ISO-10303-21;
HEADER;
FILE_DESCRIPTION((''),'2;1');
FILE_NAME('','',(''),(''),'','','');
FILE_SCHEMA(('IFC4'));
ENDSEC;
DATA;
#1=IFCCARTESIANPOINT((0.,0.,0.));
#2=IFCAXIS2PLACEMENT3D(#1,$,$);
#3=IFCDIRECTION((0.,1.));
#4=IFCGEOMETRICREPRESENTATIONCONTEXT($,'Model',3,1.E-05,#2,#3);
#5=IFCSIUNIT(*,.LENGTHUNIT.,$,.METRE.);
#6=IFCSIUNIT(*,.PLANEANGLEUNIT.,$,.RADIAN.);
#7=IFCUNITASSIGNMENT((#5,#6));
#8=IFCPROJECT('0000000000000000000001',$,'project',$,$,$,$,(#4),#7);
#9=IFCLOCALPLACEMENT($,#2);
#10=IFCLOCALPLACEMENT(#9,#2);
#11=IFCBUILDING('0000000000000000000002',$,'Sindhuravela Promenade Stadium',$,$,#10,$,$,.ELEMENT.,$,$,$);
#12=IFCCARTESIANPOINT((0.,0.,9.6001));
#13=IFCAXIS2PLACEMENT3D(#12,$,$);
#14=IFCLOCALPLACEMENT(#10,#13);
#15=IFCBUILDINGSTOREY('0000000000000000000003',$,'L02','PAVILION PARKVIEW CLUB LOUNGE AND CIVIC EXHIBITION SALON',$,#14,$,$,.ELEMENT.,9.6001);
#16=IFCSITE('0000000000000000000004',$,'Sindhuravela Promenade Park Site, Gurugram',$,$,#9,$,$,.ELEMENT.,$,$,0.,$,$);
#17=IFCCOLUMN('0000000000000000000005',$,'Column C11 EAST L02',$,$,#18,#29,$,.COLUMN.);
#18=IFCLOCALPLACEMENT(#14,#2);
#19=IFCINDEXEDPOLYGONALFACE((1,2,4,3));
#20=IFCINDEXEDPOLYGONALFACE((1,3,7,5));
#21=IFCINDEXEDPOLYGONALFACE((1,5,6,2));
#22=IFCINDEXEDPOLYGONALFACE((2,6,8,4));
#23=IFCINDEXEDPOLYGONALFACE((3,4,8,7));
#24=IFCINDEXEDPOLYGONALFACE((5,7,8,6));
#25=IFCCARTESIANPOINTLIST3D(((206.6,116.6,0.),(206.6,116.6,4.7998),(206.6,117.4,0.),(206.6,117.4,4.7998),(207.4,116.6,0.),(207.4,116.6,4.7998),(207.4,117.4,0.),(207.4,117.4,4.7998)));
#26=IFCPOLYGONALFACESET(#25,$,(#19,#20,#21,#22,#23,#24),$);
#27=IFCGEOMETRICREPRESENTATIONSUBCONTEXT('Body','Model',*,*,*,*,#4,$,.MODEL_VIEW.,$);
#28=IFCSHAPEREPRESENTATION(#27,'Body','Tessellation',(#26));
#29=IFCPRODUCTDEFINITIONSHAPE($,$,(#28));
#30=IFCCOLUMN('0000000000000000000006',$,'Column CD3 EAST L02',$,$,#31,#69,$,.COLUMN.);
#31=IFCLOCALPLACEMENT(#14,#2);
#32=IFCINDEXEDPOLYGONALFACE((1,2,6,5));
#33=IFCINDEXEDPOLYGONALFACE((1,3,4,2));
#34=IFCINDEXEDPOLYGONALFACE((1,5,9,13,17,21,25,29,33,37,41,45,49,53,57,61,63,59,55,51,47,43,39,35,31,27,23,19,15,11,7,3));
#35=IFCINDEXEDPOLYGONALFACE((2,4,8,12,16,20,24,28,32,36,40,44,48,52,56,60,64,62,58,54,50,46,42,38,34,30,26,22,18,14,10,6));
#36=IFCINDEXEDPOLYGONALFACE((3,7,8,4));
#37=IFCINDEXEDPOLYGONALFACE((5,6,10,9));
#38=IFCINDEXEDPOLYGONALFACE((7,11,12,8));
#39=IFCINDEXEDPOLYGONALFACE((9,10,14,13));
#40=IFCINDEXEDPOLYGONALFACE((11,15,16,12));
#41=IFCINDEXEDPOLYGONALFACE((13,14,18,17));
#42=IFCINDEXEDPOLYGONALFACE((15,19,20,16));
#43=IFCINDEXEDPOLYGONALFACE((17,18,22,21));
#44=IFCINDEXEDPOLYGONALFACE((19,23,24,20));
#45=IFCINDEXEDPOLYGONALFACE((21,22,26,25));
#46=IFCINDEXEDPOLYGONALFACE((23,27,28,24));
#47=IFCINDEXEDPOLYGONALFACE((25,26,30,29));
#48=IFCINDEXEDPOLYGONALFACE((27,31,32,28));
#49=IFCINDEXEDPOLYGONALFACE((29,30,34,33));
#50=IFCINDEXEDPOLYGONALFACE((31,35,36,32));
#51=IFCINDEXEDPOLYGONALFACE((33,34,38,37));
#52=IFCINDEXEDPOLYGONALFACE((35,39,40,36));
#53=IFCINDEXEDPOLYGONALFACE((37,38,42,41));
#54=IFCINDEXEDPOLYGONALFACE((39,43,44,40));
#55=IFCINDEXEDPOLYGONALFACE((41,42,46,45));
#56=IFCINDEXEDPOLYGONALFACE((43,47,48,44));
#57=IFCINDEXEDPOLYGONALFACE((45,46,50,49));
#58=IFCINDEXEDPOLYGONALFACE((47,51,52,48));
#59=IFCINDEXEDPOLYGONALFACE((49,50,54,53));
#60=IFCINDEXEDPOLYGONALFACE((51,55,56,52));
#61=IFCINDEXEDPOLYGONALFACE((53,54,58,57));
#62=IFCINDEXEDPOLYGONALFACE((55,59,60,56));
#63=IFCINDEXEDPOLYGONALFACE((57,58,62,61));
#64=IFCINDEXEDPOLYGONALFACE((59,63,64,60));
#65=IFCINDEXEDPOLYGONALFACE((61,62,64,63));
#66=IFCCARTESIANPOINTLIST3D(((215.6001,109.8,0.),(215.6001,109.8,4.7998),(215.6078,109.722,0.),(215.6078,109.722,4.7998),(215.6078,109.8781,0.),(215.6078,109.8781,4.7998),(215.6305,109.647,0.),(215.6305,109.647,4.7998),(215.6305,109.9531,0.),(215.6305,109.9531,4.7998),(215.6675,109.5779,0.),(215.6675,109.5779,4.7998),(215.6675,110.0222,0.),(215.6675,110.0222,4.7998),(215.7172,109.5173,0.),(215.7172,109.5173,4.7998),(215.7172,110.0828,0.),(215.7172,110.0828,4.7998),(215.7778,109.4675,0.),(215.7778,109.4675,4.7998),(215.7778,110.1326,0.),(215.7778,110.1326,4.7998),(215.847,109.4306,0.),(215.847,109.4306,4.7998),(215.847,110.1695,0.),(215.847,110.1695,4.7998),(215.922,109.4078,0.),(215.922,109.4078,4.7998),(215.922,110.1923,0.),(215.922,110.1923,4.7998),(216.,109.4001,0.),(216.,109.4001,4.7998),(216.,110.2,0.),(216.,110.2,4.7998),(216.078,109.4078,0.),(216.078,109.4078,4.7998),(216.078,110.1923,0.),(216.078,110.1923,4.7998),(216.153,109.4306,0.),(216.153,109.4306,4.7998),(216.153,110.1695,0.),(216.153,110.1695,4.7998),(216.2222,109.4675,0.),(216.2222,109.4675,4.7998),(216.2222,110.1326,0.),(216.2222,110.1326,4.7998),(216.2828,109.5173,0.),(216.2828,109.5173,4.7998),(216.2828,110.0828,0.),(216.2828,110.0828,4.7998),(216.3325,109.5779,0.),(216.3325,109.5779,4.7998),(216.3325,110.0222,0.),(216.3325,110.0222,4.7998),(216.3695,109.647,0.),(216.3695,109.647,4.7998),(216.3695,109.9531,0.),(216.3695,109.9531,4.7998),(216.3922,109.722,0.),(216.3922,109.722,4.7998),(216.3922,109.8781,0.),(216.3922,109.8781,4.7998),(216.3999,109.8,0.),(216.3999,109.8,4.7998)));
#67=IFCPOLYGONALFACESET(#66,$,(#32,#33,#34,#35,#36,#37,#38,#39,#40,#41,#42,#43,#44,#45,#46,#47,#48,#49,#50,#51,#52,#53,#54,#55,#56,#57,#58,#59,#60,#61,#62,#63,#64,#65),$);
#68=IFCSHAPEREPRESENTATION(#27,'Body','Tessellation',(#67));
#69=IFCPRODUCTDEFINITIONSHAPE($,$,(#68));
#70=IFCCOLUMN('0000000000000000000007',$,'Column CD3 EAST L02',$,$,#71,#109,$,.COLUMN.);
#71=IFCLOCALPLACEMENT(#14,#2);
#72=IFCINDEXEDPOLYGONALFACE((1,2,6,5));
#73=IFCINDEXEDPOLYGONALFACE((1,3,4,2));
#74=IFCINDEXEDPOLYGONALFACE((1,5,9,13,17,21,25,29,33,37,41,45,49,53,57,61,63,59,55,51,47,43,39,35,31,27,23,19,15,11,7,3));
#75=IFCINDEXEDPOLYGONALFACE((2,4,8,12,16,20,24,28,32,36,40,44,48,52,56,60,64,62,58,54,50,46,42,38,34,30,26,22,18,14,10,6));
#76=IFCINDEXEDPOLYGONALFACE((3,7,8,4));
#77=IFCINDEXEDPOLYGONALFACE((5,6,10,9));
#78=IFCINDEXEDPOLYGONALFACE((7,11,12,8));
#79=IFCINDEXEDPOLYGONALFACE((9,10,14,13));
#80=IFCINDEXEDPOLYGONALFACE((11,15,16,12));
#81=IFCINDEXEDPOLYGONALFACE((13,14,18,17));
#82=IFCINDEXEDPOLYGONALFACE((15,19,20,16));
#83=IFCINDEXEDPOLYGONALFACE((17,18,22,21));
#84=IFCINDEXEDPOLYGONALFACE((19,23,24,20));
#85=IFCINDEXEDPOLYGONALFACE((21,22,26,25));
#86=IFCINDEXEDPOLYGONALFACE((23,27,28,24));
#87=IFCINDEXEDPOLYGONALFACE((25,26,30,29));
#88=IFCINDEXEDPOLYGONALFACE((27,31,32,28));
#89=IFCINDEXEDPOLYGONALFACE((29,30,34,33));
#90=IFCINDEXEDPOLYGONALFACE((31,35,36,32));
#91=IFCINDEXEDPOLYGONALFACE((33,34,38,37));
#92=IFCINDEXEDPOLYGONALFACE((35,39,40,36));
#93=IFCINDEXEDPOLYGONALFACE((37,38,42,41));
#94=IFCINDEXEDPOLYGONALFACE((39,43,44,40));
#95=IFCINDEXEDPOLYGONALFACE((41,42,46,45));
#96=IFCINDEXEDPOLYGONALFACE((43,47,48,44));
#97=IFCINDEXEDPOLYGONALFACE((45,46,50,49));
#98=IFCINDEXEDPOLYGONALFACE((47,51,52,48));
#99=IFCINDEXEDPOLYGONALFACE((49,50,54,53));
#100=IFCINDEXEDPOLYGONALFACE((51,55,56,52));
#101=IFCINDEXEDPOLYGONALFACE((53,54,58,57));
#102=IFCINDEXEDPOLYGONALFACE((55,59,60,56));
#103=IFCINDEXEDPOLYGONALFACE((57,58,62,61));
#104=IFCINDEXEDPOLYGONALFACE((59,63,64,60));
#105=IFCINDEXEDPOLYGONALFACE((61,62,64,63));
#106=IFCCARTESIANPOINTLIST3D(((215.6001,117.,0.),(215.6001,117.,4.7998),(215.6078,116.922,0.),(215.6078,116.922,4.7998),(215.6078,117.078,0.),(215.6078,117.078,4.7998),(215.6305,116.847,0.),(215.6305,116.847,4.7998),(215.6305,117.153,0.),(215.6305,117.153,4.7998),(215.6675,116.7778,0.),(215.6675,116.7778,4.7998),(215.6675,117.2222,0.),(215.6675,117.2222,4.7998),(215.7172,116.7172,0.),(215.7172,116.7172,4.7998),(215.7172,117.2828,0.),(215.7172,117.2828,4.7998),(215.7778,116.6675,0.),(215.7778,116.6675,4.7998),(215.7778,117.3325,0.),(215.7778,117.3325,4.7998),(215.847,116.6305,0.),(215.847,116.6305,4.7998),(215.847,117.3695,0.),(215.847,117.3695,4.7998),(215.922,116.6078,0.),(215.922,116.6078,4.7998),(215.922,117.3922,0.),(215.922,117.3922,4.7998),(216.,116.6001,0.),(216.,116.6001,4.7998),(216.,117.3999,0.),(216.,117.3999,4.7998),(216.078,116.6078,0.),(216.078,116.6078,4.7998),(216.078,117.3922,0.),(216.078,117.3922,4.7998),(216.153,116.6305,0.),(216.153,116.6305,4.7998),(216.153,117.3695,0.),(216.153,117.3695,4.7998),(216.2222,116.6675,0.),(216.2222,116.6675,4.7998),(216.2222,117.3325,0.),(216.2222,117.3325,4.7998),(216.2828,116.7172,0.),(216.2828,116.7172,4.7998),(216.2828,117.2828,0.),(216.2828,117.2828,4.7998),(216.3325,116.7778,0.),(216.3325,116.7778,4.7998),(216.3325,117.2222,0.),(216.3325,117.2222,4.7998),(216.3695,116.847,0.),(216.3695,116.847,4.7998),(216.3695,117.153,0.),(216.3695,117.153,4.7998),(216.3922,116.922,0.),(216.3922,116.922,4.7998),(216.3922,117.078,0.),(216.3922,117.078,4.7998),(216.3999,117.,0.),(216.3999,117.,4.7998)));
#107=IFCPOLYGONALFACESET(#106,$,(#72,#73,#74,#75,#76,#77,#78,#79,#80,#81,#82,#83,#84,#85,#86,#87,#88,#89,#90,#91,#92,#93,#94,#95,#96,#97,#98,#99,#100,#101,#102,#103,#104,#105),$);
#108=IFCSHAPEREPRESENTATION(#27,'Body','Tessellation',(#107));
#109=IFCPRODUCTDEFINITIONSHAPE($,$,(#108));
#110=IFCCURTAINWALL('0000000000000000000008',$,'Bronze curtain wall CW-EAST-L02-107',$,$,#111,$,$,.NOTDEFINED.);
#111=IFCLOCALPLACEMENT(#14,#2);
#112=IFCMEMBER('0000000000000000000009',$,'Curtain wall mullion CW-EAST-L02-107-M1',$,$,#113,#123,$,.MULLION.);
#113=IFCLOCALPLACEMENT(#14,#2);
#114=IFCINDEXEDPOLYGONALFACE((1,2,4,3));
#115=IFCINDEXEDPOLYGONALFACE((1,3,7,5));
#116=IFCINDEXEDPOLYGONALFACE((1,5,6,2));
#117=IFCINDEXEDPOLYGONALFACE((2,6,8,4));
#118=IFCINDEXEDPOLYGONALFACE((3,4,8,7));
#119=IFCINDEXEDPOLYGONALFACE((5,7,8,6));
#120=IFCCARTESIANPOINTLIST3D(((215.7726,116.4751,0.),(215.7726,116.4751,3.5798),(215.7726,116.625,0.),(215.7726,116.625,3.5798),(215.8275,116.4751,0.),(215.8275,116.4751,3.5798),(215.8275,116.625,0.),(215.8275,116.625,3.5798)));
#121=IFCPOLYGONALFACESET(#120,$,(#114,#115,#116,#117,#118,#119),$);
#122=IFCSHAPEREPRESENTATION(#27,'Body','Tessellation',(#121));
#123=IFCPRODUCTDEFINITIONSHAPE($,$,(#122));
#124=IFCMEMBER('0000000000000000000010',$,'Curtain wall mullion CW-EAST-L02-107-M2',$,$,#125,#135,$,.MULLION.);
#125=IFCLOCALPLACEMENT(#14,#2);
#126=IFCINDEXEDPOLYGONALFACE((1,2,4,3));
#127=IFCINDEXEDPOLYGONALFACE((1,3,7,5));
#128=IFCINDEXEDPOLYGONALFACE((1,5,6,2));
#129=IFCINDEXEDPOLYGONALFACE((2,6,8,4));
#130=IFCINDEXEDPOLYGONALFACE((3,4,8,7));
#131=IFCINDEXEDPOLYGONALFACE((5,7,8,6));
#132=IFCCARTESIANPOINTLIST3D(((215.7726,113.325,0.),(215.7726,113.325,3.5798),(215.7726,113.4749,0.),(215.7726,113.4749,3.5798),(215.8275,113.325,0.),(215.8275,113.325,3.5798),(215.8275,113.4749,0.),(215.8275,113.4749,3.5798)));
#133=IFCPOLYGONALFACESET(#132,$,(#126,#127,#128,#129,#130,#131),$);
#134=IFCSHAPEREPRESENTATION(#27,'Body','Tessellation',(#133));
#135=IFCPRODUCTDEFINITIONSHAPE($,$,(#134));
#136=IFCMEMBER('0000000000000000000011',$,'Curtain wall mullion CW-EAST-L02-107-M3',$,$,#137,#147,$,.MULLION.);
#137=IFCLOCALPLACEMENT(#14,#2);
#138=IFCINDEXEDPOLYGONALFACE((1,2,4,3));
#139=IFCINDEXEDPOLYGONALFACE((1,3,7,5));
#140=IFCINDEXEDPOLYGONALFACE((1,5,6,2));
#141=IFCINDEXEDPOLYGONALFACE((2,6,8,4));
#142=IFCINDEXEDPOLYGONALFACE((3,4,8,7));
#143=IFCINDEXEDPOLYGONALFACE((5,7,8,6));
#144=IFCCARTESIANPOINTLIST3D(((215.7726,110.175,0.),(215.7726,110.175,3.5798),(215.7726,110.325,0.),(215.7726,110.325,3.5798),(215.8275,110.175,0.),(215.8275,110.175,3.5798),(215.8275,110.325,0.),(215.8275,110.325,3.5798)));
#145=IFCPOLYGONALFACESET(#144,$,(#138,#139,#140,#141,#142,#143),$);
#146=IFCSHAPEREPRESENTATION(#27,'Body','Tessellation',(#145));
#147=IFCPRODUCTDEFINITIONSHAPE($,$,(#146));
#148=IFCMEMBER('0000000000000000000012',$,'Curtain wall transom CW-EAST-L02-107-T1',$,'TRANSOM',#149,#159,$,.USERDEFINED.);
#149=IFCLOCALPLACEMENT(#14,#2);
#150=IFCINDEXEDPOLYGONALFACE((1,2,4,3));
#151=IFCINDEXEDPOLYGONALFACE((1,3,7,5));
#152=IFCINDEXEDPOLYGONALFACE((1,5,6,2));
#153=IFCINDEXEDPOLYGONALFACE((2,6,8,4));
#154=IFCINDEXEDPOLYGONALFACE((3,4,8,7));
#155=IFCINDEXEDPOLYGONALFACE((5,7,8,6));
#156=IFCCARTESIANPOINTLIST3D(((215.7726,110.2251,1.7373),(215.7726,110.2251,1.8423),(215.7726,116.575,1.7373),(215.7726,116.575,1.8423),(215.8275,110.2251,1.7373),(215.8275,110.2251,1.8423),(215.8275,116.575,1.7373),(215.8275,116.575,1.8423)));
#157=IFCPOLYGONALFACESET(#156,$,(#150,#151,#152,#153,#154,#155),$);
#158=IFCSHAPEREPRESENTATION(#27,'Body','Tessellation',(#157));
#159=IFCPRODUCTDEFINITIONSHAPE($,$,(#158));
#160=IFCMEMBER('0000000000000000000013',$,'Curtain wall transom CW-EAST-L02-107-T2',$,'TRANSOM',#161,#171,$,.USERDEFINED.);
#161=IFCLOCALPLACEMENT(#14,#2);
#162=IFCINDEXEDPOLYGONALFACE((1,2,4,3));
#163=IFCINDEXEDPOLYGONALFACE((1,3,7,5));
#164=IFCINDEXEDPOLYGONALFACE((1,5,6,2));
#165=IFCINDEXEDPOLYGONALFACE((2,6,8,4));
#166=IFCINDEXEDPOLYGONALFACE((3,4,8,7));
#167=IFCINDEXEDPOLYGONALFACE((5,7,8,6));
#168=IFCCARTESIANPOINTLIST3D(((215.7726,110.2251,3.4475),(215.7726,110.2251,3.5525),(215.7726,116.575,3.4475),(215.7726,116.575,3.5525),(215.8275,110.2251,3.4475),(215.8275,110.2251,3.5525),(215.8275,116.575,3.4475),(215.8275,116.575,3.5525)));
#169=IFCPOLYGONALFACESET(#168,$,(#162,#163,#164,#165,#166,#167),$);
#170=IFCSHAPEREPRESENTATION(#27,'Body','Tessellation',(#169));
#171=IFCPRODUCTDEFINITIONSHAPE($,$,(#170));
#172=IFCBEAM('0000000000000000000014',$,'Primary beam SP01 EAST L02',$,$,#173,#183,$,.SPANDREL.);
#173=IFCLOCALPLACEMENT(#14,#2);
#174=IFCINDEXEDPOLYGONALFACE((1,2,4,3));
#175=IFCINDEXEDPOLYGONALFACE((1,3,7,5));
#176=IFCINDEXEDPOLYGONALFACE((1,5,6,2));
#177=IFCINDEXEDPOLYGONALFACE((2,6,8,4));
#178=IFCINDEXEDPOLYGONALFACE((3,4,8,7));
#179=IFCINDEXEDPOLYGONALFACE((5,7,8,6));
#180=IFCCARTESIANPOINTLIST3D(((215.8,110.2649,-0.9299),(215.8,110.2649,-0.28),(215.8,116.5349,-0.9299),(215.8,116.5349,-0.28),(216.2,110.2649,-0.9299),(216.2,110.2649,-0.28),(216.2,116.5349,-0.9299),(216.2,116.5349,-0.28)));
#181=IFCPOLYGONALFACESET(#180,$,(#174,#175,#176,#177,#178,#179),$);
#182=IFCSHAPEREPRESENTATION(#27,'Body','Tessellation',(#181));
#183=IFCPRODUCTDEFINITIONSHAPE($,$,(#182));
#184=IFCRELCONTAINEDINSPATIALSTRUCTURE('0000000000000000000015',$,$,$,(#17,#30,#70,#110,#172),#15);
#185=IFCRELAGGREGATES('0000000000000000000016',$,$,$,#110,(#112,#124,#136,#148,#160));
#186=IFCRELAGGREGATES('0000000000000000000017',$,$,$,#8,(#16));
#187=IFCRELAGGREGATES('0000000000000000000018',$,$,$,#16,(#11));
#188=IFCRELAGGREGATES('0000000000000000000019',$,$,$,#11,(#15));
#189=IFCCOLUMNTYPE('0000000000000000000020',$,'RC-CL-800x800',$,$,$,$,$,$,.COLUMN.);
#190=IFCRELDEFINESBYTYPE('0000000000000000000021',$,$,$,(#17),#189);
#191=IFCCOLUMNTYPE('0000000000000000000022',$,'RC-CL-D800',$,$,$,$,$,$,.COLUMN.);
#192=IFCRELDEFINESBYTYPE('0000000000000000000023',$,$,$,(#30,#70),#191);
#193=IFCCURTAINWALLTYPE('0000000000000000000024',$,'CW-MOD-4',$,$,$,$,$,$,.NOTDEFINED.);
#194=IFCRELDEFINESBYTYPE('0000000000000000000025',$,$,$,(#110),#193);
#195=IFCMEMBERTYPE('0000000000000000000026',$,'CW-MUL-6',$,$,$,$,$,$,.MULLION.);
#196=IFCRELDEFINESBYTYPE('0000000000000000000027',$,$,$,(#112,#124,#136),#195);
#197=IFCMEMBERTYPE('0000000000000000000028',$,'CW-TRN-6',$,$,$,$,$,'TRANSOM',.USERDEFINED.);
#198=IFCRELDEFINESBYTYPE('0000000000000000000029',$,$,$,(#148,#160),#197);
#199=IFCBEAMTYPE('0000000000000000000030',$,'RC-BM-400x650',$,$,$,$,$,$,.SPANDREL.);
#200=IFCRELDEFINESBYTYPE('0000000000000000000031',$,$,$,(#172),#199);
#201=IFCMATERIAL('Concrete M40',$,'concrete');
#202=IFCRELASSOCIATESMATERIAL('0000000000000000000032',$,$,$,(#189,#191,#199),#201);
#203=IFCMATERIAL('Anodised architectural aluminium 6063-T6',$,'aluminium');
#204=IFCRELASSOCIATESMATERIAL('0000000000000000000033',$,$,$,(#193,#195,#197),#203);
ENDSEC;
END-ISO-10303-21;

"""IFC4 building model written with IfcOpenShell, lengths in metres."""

from ifc_helpers import new_model, si_unit, direction, frame, origin, origin_2d, place, context, subcontext, project, spatial, rectangle, circle, extrude, material, material_profile, profile_set, type_object, element, aggregate, save


model = new_model("IFC4")

# Units and contexts
model_context = context("Model", 3, precision=1e-05, world=origin(), true_north=direction((0.0, 1.0)))
body_context = subcontext(model_context, "Body", "Model", "MODEL_VIEW")
ifc_project = project(units=[si_unit("LENGTHUNIT", "METRE"), si_unit("PLANEANGLEUNIT", "RADIAN")], contexts=[model_context])

# Site, building, storey
site_placement = place(None, origin())
site = spatial("IfcSite", under=ifc_project, at=site_placement, Name="Sindhuravela Promenade Park Site, Gurugram", CompositionType="ELEMENT", RefElevation=0.0)
building_placement = place(site_placement, origin())
building = spatial("IfcBuilding", under=site, at=building_placement, Name="Sindhuravela Promenade Stadium", CompositionType="ELEMENT")
storey_placement = place(building_placement, frame((0.0, 0.0, 9.6001)))
storey = spatial("IfcBuildingStorey", under=building, at=storey_placement, Name="L02", Description="PAVILION PARKVIEW CLUB LOUNGE AND CIVIC EXHIBITION SALON", CompositionType="ELEMENT", Elevation=9.6001)

# Columns
ifc_material_1 = material(Name="Concrete M40", Category="concrete")
ifc_material_profile_1 = material_profile(ifc_material_1, rectangle(XDim=0.8, YDim=0.8, at=origin_2d()), Name="RC 800x800")
ifc_profile_set_1 = profile_set([ifc_material_profile_1], Name="Concrete M40")
column_type_1 = type_object("IfcColumnType", Name="RC-CL-800x800", PredefinedType="COLUMN", material=ifc_profile_set_1)
column_placement = place(storey_placement, frame((207.0, 117.0, 0.0), z_axis=(0.0, 0.0, 1.0), x_axis=(1.0, 0.0, 0.0)))
element("IfcColumn", 1, at=column_placement, inside=storey, type_object=column_type_1, Name="Column C11 EAST L02", PredefinedType="COLUMN", context=body_context, shape_type="SweptSolid", body=[
    extrude(rectangle(XDim=0.8, YDim=0.8, at=origin_2d()), origin(), (0.0, 0.0, 1.0), 4.7998),
])
ifc_material_profile_2 = material_profile(ifc_material_1, circle(Radius=0.3999, at=origin_2d()), Name="RC D800")
ifc_profile_set_2 = profile_set([ifc_material_profile_2], Name="Concrete M40")
column_type_2 = type_object("IfcColumnType", Name="RC-CL-D800", PredefinedType="COLUMN", material=ifc_profile_set_2)
for number, where, z_axis, x_axis, name in (
    (2, (216.0, 109.8, 0.0), (0.0, 0.0, 1.0), (1.0, 0.0, 0.0), "Column CD3 EAST L02"),
    (3, (216.0, 117.0, 0.0), (0.0, 0.0, 1.0), (1.0, 0.0, 0.0), "Column CD3 EAST L02"),
):
    element("IfcColumn", number, at=place(storey_placement, frame(where, z_axis=z_axis, x_axis=x_axis)), inside=storey, type_object=column_type_2, Name=name, PredefinedType="COLUMN", context=body_context, shape_type="SweptSolid", body=[
        extrude(circle(Radius=0.3999, at=origin_2d()), origin(), (0.0, 0.0, 1.0), 4.7998),
    ])

# Curtain wall, members
ifc_material_2 = material(Name="Anodised architectural aluminium 6063-T6", Category="aluminium")
curtain_wall_type = type_object("IfcCurtainWallType", Name="CW-MOD-4", PredefinedType="NOTDEFINED", material=ifc_material_2)
curtain_wall_placement = place(storey_placement, origin())
curtain_wall = element("IfcCurtainWall", 4, at=curtain_wall_placement, inside=storey, type_object=curtain_wall_type, Name="Bronze curtain wall CW-EAST-L02-107", PredefinedType="NOTDEFINED")
ifc_material_profile_3 = material_profile(ifc_material_2, rectangle(XDim=0.0549, YDim=0.1499, at=origin_2d()), Name="ALU M55x150")
ifc_profile_set_3 = profile_set([ifc_material_profile_3], Name="Anodised architectural aluminium 6063-T6")
member_type_1 = type_object("IfcMemberType", Name="CW-MUL-6", PredefinedType="MULLION", material=ifc_profile_set_3)
member_1_placement = place(storey_placement, frame((215.8, 116.55, 0.0), z_axis=(0.0, 0.0, 1.0), x_axis=(1.0, 0.0, 0.0)))
member_1 = element("IfcMember", 5, at=member_1_placement, type_object=member_type_1, Name="Curtain wall mullion CW-EAST-L02-107-M1", PredefinedType="MULLION", context=body_context, shape_type="SweptSolid", body=[
    extrude(rectangle(XDim=0.0549, YDim=0.1499, at=origin_2d()), origin(), (0.0, 0.0, 1.0), 3.5798),
])
member_2_placement = place(storey_placement, frame((215.8, 113.3999, 0.0), z_axis=(0.0, 0.0, 1.0), x_axis=(1.0, 0.0, 0.0)))
member_2 = element("IfcMember", 6, at=member_2_placement, type_object=member_type_1, Name="Curtain wall mullion CW-EAST-L02-107-M2", PredefinedType="MULLION", context=body_context, shape_type="SweptSolid", body=[
    extrude(rectangle(XDim=0.0549, YDim=0.1499, at=origin_2d()), origin(), (0.0, 0.0, 1.0), 3.5798),
])
member_3_placement = place(storey_placement, frame((215.8, 110.25, 0.0), z_axis=(0.0, 0.0, 1.0), x_axis=(1.0, 0.0, 0.0)))
member_3 = element("IfcMember", 7, at=member_3_placement, type_object=member_type_1, Name="Curtain wall mullion CW-EAST-L02-107-M3", PredefinedType="MULLION", context=body_context, shape_type="SweptSolid", body=[
    extrude(rectangle(XDim=0.0549, YDim=0.1499, at=origin_2d()), origin(), (0.0, 0.0, 1.0), 3.5798),
])
ifc_material_profile_4 = material_profile(ifc_material_2, rectangle(XDim=0.0549, YDim=0.105, at=origin_2d()), Name="ALU T55x105")
ifc_profile_set_4 = profile_set([ifc_material_profile_4], Name="Anodised architectural aluminium 6063-T6")
member_type_2 = type_object("IfcMemberType", Name="CW-TRN-6", ElementType="TRANSOM", PredefinedType="USERDEFINED", material=ifc_profile_set_4)
member_4_placement = place(storey_placement, frame((215.8, 116.575, 1.7898), z_axis=(0.0, -1.0, 0.0), x_axis=(1.0, 0.0, 0.0)))
member_4 = element("IfcMember", 8, at=member_4_placement, type_object=member_type_2, Name="Curtain wall transom CW-EAST-L02-107-T1", ObjectType="TRANSOM", PredefinedType="USERDEFINED", context=body_context, shape_type="SweptSolid", body=[
    extrude(rectangle(XDim=0.0549, YDim=0.105, at=origin_2d()), origin(), (0.0, 0.0, 1.0), 6.3499),
])
member_5_placement = place(storey_placement, frame((215.8, 116.575, 3.5), z_axis=(0.0, -1.0, 0.0), x_axis=(1.0, 0.0, 0.0)))
member_5 = element("IfcMember", 9, at=member_5_placement, type_object=member_type_2, Name="Curtain wall transom CW-EAST-L02-107-T2", ObjectType="TRANSOM", PredefinedType="USERDEFINED", context=body_context, shape_type="SweptSolid", body=[
    extrude(rectangle(XDim=0.0549, YDim=0.105, at=origin_2d()), origin(), (0.0, 0.0, 1.0), 6.3499),
])

# Beam
ifc_material_profile_5 = material_profile(ifc_material_1, rectangle(XDim=0.3999, YDim=0.6499, at=origin_2d()), Name="RC 400x650")
ifc_profile_set_5 = profile_set([ifc_material_profile_5], Name="Concrete M40")
beam_type_1 = type_object("IfcBeamType", Name="RC-BM-400x650", PredefinedType="SPANDREL", material=ifc_profile_set_5)
beam_1_placement = place(storey_placement, frame((216.0, 110.2649, -0.605), z_axis=(0.0, 1.0, 0.0), x_axis=(-1.0, 0.0, 0.0)))
element("IfcBeam", 10, at=beam_1_placement, inside=storey, type_object=beam_type_1, Name="Primary beam SP01 EAST L02", PredefinedType="SPANDREL", context=body_context, shape_type="SweptSolid", body=[
    extrude(rectangle(XDim=0.3999, YDim=0.6499, at=origin_2d()), origin(), (0.0, 0.0, 1.0), 6.27),
])

aggregate(curtain_wall, [member_1, member_2, member_3, member_4, member_5])

save(model, "model.ifc")
